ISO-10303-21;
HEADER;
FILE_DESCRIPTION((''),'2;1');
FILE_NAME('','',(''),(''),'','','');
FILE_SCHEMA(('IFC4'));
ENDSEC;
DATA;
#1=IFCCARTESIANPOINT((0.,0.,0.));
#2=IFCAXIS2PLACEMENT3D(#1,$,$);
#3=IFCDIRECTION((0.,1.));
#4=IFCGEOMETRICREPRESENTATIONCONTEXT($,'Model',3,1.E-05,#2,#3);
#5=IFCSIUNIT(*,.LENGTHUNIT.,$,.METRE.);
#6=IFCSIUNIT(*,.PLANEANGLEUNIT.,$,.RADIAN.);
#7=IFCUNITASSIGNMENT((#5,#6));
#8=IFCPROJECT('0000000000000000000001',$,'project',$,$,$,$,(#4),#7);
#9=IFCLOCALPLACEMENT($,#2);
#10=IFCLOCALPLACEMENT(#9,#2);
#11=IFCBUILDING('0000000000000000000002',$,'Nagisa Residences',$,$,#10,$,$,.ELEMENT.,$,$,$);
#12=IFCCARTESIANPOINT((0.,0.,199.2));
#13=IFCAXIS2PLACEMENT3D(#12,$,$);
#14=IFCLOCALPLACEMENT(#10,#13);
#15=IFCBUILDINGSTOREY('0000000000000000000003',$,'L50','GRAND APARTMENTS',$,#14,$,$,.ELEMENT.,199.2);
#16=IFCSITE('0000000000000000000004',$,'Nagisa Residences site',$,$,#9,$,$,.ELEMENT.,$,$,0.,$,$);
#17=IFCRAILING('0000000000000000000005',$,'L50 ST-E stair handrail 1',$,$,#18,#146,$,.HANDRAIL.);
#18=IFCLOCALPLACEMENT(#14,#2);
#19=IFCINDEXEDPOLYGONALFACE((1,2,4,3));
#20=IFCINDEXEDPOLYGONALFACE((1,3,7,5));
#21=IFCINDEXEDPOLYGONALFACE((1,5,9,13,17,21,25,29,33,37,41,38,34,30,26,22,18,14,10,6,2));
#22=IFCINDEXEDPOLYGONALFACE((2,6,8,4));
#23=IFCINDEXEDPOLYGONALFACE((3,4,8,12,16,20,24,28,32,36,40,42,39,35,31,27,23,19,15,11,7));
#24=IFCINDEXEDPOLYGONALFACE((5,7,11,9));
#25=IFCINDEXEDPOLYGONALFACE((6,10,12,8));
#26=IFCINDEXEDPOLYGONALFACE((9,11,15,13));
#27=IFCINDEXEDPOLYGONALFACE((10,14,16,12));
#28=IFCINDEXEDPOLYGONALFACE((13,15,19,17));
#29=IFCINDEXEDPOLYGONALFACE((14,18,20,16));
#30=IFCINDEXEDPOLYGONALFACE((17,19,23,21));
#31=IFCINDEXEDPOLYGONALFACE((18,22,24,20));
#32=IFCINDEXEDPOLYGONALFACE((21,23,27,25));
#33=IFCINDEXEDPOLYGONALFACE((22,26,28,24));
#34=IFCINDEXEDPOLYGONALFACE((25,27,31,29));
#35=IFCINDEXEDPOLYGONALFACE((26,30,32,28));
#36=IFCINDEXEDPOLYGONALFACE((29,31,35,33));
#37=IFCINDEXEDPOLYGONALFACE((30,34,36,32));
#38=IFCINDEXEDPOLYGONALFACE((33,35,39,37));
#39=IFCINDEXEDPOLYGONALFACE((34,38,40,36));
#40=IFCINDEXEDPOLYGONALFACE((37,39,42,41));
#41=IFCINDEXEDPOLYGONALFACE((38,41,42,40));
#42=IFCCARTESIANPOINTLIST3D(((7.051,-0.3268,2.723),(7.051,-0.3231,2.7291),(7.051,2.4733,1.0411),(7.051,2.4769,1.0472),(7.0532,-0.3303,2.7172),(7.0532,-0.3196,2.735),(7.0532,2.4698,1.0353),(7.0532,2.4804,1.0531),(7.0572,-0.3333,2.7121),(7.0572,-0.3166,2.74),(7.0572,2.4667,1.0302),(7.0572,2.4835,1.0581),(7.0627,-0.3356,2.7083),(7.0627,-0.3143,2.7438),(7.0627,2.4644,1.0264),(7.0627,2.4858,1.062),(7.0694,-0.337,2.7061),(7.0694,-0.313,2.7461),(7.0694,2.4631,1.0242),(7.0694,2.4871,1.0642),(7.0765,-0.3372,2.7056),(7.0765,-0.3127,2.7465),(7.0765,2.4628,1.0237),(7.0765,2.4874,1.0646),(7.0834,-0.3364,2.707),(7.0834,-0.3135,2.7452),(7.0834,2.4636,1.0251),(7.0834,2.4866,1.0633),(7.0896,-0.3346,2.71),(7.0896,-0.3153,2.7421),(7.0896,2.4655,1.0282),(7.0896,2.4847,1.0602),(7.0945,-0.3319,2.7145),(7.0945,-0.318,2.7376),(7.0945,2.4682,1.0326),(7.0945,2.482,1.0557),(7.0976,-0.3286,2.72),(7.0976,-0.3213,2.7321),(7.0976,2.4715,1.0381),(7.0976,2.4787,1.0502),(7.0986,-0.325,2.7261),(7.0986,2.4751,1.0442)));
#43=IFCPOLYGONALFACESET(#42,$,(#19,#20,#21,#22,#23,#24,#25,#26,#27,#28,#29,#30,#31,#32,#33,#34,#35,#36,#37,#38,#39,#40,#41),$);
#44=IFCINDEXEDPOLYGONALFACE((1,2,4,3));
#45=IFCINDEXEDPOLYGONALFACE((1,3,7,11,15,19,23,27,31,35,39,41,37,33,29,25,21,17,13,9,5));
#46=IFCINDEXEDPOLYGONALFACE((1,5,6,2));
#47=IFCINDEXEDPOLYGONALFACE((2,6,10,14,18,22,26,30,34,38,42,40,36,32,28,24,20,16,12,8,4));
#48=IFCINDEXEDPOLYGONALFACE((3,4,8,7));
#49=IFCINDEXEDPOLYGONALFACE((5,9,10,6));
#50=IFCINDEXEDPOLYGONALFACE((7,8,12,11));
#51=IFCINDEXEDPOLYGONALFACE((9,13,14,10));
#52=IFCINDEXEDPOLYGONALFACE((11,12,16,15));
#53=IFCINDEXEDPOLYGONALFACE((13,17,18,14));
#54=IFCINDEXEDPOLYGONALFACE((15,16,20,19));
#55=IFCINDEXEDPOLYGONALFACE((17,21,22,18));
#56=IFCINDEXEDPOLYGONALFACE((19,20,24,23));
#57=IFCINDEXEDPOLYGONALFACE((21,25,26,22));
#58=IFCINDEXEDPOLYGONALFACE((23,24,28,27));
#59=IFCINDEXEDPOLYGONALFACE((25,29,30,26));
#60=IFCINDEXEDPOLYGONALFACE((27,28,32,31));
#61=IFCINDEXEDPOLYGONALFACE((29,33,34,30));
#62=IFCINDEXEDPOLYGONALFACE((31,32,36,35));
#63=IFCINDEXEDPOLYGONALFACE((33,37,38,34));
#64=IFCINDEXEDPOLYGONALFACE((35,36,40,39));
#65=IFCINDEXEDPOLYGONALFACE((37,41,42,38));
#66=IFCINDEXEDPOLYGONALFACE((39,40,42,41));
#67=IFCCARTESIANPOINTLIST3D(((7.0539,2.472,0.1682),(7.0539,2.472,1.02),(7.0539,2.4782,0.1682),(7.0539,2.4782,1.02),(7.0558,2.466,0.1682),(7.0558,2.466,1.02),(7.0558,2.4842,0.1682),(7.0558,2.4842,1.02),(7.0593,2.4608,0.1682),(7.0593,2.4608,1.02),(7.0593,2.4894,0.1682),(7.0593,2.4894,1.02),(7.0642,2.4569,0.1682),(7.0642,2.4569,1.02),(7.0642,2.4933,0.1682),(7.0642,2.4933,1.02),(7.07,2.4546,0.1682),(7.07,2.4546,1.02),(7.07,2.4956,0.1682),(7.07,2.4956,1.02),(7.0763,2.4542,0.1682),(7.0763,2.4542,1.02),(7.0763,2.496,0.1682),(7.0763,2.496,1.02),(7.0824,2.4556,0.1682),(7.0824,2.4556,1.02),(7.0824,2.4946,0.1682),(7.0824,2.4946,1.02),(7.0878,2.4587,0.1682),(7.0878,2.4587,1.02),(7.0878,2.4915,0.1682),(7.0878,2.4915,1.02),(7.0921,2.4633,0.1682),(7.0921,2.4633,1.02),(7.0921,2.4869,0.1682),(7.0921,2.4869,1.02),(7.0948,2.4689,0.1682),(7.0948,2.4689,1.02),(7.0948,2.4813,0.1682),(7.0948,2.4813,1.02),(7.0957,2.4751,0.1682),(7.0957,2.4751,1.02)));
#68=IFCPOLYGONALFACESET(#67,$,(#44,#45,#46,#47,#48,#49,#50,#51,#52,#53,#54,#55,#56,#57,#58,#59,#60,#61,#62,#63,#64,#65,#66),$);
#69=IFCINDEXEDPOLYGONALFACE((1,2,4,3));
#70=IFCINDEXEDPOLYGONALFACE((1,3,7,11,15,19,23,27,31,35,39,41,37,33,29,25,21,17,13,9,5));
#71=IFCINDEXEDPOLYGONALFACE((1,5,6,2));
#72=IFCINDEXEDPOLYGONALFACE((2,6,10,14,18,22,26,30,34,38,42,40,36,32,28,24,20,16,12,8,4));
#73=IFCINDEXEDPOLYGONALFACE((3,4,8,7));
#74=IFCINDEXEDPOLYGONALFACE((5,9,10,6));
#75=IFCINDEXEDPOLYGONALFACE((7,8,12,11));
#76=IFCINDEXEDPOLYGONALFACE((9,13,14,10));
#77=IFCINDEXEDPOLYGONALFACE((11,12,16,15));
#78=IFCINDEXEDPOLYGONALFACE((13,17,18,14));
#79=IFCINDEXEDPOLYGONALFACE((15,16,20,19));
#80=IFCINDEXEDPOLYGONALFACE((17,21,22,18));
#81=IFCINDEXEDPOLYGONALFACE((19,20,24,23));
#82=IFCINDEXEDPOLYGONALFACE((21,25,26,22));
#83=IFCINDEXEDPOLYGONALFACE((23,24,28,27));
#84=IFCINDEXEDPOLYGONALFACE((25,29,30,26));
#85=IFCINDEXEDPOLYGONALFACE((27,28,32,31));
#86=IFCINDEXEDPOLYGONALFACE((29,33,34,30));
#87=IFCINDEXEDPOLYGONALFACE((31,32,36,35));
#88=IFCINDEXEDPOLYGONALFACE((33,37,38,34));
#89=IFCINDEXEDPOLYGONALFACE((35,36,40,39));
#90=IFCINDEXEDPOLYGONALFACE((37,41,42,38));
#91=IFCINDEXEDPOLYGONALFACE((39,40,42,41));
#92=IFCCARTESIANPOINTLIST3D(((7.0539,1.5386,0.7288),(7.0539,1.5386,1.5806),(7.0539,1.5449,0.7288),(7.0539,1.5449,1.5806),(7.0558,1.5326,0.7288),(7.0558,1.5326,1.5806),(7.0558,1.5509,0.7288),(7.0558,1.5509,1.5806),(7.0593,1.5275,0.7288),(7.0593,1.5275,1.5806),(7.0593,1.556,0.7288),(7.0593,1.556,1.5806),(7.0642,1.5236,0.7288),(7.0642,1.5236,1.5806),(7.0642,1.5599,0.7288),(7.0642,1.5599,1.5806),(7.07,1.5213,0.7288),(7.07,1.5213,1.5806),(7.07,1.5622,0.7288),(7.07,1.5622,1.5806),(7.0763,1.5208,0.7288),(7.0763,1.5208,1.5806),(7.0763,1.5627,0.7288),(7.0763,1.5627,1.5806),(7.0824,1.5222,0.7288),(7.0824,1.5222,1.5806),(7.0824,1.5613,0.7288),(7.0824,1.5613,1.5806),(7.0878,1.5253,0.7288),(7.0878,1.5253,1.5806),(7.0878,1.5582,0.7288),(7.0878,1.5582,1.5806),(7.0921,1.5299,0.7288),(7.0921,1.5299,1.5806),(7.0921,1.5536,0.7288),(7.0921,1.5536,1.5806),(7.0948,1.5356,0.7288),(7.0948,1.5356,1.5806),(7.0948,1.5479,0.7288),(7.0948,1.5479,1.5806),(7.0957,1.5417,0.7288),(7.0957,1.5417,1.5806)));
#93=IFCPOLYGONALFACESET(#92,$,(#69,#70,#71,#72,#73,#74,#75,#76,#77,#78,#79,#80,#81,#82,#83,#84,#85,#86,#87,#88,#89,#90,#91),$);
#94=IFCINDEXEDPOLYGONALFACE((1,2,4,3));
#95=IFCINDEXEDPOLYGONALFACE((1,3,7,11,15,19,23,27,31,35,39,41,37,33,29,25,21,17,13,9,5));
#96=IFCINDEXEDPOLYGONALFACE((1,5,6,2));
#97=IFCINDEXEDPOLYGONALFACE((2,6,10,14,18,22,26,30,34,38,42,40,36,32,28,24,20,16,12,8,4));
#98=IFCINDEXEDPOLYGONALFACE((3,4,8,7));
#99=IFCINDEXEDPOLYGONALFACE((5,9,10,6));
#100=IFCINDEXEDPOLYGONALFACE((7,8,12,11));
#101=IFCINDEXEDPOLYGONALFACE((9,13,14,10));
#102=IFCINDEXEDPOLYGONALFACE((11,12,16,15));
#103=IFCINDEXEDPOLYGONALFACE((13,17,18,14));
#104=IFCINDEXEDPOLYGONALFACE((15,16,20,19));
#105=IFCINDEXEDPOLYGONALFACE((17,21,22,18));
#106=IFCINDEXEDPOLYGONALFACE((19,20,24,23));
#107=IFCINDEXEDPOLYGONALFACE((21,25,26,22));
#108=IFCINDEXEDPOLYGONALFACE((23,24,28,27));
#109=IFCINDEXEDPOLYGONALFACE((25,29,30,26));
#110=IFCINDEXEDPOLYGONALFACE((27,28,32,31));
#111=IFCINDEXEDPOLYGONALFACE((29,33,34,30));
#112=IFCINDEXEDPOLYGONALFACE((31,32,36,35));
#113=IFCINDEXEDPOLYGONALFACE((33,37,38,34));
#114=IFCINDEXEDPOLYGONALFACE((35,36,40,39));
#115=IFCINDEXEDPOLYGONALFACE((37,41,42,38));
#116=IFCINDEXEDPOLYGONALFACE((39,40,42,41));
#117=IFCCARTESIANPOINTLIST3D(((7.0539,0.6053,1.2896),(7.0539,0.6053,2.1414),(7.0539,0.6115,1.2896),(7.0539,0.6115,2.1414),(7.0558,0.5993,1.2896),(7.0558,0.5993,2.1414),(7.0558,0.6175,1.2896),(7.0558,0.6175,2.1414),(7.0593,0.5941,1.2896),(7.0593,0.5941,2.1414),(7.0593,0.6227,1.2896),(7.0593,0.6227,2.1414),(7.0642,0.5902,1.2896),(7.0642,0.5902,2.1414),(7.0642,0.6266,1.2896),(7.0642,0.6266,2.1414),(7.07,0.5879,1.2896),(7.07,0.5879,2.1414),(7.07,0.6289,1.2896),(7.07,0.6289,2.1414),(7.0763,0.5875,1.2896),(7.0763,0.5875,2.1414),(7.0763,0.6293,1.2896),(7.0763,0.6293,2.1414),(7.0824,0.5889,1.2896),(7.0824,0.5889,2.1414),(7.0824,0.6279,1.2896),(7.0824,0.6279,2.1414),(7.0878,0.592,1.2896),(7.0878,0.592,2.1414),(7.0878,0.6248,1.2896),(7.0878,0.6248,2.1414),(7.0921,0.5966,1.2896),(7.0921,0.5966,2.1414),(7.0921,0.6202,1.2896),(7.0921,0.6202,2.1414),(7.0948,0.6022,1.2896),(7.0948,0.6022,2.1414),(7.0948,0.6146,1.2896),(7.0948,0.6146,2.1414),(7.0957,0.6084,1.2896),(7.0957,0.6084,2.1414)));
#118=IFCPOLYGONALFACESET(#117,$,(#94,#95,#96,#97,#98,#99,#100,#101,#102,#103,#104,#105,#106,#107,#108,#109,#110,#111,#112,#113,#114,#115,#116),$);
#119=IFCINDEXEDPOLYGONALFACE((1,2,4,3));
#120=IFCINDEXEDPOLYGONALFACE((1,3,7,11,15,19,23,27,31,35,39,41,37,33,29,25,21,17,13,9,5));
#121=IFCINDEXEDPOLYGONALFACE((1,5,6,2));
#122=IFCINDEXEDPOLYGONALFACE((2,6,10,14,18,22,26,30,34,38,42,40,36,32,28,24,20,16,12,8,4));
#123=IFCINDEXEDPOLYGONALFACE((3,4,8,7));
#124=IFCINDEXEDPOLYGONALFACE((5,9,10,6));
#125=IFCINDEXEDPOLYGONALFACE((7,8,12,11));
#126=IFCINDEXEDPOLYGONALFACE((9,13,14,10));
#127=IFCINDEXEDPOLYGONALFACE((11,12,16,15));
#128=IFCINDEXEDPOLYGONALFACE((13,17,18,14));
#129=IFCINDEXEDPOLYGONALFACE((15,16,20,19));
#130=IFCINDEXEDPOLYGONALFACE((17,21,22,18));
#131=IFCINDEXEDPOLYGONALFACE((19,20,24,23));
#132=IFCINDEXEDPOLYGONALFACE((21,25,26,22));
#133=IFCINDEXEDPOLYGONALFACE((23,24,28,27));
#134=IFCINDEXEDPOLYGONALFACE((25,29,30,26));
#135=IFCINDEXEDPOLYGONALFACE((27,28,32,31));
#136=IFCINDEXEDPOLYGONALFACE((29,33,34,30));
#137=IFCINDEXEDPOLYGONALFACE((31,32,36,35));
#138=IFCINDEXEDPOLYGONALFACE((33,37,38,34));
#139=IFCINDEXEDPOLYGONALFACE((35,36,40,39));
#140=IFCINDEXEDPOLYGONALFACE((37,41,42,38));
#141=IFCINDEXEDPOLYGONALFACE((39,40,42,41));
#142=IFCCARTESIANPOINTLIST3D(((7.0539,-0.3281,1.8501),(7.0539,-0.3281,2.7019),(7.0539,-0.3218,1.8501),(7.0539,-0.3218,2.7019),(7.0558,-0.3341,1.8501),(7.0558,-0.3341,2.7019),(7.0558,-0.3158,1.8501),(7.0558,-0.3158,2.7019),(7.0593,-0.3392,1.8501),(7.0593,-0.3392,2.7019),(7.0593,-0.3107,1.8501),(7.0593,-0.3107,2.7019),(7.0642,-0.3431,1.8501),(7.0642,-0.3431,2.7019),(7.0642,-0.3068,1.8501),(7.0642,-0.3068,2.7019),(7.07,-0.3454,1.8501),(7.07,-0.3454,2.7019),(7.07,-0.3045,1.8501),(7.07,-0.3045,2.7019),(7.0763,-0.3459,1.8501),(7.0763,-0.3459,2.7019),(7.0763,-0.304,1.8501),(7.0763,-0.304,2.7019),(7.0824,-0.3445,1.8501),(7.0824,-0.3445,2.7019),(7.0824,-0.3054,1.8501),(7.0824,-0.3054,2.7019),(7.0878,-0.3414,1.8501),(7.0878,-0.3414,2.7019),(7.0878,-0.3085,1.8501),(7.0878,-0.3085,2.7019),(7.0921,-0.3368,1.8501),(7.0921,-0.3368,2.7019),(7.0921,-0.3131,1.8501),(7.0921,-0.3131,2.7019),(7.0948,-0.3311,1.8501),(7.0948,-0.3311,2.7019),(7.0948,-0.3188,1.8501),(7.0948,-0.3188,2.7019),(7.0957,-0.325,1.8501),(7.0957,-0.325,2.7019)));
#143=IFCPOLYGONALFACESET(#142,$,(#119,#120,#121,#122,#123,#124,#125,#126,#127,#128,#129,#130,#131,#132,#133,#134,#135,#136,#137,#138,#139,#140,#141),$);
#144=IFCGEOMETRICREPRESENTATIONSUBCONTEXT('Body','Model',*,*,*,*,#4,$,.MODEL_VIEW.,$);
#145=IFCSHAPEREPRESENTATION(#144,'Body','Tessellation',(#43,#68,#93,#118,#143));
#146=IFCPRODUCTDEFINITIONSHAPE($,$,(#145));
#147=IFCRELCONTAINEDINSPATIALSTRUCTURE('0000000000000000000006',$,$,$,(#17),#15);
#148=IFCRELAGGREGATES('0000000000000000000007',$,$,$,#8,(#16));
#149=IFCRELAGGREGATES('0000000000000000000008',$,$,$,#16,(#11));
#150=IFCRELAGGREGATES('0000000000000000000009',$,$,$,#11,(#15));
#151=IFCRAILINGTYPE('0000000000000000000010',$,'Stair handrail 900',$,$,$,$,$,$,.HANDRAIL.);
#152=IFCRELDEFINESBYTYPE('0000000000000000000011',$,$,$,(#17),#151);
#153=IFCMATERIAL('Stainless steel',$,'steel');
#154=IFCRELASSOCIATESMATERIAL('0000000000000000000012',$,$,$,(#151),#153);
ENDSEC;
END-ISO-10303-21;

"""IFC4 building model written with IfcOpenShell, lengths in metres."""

from ifc_helpers import new_model, si_unit, direction, frame, origin, origin_2d, place, context, subcontext, project, spatial, circle, extrude, material, type_object, element, save


model = new_model("IFC4")

# Units and contexts
model_context = context("Model", 3, precision=1e-05, world=origin(), true_north=direction((0.0, 1.0)))
body_context = subcontext(model_context, "Body", "Model", "MODEL_VIEW")
ifc_project = project(units=[si_unit("LENGTHUNIT", "METRE"), si_unit("PLANEANGLEUNIT", "RADIAN")], contexts=[model_context])

# Site, building, storey
site_placement = place(None, origin())
site = spatial("IfcSite", under=ifc_project, at=site_placement, Name="Nagisa Residences site", CompositionType="ELEMENT", RefElevation=0.0)
building_placement = place(site_placement, origin())
building = spatial("IfcBuilding", under=site, at=building_placement, Name="Nagisa Residences", CompositionType="ELEMENT")
storey_placement = place(building_placement, frame((0.0, 0.0, 199.2)))
storey = spatial("IfcBuildingStorey", under=building, at=storey_placement, Name="L50", Description="GRAND APARTMENTS", CompositionType="ELEMENT", Elevation=199.2)

# Railing
ifc_material_1 = material(Name="Stainless steel", Category="steel")
railing_type_1 = type_object("IfcRailingType", Name="Stair handrail 900", PredefinedType="HANDRAIL", material=ifc_material_1)
railing_1_placement = place(storey_placement, frame((7.0747, 2.4751, 0.1682)))
element("IfcRailing", 1, at=railing_1_placement, inside=storey, type_object=railing_type_1, Name="L50 ST-E stair handrail 1", PredefinedType="HANDRAIL", context=body_context, shape_type="SweptSolid", body=[
    extrude(circle(Radius=0.0239, at=origin_2d()), frame((0.0, 0.0, 0.876), z_axis=(0.0, -0.857242, 0.514913), x_axis=(1.0, 0.0, 0.0)), (0.0, 0.0, 1.0), 3.2664),
    extrude(circle(Radius=0.021, at=origin_2d()), origin(), (0.0, 0.0, 1.0), 0.8518),
    extrude(circle(Radius=0.021, at=origin_2d()), frame((0.0, -0.9333, 0.5605)), (0.0, 0.0, 1.0), 0.8518),
    extrude(circle(Radius=0.021, at=origin_2d()), frame((0.0, -1.8667, 1.1213)), (0.0, 0.0, 1.0), 0.8518),
    extrude(circle(Radius=0.021, at=origin_2d()), frame((0.0, -2.8, 1.6819)), (0.0, 0.0, 1.0), 0.8518),
])

save(model, "model.ifc")
